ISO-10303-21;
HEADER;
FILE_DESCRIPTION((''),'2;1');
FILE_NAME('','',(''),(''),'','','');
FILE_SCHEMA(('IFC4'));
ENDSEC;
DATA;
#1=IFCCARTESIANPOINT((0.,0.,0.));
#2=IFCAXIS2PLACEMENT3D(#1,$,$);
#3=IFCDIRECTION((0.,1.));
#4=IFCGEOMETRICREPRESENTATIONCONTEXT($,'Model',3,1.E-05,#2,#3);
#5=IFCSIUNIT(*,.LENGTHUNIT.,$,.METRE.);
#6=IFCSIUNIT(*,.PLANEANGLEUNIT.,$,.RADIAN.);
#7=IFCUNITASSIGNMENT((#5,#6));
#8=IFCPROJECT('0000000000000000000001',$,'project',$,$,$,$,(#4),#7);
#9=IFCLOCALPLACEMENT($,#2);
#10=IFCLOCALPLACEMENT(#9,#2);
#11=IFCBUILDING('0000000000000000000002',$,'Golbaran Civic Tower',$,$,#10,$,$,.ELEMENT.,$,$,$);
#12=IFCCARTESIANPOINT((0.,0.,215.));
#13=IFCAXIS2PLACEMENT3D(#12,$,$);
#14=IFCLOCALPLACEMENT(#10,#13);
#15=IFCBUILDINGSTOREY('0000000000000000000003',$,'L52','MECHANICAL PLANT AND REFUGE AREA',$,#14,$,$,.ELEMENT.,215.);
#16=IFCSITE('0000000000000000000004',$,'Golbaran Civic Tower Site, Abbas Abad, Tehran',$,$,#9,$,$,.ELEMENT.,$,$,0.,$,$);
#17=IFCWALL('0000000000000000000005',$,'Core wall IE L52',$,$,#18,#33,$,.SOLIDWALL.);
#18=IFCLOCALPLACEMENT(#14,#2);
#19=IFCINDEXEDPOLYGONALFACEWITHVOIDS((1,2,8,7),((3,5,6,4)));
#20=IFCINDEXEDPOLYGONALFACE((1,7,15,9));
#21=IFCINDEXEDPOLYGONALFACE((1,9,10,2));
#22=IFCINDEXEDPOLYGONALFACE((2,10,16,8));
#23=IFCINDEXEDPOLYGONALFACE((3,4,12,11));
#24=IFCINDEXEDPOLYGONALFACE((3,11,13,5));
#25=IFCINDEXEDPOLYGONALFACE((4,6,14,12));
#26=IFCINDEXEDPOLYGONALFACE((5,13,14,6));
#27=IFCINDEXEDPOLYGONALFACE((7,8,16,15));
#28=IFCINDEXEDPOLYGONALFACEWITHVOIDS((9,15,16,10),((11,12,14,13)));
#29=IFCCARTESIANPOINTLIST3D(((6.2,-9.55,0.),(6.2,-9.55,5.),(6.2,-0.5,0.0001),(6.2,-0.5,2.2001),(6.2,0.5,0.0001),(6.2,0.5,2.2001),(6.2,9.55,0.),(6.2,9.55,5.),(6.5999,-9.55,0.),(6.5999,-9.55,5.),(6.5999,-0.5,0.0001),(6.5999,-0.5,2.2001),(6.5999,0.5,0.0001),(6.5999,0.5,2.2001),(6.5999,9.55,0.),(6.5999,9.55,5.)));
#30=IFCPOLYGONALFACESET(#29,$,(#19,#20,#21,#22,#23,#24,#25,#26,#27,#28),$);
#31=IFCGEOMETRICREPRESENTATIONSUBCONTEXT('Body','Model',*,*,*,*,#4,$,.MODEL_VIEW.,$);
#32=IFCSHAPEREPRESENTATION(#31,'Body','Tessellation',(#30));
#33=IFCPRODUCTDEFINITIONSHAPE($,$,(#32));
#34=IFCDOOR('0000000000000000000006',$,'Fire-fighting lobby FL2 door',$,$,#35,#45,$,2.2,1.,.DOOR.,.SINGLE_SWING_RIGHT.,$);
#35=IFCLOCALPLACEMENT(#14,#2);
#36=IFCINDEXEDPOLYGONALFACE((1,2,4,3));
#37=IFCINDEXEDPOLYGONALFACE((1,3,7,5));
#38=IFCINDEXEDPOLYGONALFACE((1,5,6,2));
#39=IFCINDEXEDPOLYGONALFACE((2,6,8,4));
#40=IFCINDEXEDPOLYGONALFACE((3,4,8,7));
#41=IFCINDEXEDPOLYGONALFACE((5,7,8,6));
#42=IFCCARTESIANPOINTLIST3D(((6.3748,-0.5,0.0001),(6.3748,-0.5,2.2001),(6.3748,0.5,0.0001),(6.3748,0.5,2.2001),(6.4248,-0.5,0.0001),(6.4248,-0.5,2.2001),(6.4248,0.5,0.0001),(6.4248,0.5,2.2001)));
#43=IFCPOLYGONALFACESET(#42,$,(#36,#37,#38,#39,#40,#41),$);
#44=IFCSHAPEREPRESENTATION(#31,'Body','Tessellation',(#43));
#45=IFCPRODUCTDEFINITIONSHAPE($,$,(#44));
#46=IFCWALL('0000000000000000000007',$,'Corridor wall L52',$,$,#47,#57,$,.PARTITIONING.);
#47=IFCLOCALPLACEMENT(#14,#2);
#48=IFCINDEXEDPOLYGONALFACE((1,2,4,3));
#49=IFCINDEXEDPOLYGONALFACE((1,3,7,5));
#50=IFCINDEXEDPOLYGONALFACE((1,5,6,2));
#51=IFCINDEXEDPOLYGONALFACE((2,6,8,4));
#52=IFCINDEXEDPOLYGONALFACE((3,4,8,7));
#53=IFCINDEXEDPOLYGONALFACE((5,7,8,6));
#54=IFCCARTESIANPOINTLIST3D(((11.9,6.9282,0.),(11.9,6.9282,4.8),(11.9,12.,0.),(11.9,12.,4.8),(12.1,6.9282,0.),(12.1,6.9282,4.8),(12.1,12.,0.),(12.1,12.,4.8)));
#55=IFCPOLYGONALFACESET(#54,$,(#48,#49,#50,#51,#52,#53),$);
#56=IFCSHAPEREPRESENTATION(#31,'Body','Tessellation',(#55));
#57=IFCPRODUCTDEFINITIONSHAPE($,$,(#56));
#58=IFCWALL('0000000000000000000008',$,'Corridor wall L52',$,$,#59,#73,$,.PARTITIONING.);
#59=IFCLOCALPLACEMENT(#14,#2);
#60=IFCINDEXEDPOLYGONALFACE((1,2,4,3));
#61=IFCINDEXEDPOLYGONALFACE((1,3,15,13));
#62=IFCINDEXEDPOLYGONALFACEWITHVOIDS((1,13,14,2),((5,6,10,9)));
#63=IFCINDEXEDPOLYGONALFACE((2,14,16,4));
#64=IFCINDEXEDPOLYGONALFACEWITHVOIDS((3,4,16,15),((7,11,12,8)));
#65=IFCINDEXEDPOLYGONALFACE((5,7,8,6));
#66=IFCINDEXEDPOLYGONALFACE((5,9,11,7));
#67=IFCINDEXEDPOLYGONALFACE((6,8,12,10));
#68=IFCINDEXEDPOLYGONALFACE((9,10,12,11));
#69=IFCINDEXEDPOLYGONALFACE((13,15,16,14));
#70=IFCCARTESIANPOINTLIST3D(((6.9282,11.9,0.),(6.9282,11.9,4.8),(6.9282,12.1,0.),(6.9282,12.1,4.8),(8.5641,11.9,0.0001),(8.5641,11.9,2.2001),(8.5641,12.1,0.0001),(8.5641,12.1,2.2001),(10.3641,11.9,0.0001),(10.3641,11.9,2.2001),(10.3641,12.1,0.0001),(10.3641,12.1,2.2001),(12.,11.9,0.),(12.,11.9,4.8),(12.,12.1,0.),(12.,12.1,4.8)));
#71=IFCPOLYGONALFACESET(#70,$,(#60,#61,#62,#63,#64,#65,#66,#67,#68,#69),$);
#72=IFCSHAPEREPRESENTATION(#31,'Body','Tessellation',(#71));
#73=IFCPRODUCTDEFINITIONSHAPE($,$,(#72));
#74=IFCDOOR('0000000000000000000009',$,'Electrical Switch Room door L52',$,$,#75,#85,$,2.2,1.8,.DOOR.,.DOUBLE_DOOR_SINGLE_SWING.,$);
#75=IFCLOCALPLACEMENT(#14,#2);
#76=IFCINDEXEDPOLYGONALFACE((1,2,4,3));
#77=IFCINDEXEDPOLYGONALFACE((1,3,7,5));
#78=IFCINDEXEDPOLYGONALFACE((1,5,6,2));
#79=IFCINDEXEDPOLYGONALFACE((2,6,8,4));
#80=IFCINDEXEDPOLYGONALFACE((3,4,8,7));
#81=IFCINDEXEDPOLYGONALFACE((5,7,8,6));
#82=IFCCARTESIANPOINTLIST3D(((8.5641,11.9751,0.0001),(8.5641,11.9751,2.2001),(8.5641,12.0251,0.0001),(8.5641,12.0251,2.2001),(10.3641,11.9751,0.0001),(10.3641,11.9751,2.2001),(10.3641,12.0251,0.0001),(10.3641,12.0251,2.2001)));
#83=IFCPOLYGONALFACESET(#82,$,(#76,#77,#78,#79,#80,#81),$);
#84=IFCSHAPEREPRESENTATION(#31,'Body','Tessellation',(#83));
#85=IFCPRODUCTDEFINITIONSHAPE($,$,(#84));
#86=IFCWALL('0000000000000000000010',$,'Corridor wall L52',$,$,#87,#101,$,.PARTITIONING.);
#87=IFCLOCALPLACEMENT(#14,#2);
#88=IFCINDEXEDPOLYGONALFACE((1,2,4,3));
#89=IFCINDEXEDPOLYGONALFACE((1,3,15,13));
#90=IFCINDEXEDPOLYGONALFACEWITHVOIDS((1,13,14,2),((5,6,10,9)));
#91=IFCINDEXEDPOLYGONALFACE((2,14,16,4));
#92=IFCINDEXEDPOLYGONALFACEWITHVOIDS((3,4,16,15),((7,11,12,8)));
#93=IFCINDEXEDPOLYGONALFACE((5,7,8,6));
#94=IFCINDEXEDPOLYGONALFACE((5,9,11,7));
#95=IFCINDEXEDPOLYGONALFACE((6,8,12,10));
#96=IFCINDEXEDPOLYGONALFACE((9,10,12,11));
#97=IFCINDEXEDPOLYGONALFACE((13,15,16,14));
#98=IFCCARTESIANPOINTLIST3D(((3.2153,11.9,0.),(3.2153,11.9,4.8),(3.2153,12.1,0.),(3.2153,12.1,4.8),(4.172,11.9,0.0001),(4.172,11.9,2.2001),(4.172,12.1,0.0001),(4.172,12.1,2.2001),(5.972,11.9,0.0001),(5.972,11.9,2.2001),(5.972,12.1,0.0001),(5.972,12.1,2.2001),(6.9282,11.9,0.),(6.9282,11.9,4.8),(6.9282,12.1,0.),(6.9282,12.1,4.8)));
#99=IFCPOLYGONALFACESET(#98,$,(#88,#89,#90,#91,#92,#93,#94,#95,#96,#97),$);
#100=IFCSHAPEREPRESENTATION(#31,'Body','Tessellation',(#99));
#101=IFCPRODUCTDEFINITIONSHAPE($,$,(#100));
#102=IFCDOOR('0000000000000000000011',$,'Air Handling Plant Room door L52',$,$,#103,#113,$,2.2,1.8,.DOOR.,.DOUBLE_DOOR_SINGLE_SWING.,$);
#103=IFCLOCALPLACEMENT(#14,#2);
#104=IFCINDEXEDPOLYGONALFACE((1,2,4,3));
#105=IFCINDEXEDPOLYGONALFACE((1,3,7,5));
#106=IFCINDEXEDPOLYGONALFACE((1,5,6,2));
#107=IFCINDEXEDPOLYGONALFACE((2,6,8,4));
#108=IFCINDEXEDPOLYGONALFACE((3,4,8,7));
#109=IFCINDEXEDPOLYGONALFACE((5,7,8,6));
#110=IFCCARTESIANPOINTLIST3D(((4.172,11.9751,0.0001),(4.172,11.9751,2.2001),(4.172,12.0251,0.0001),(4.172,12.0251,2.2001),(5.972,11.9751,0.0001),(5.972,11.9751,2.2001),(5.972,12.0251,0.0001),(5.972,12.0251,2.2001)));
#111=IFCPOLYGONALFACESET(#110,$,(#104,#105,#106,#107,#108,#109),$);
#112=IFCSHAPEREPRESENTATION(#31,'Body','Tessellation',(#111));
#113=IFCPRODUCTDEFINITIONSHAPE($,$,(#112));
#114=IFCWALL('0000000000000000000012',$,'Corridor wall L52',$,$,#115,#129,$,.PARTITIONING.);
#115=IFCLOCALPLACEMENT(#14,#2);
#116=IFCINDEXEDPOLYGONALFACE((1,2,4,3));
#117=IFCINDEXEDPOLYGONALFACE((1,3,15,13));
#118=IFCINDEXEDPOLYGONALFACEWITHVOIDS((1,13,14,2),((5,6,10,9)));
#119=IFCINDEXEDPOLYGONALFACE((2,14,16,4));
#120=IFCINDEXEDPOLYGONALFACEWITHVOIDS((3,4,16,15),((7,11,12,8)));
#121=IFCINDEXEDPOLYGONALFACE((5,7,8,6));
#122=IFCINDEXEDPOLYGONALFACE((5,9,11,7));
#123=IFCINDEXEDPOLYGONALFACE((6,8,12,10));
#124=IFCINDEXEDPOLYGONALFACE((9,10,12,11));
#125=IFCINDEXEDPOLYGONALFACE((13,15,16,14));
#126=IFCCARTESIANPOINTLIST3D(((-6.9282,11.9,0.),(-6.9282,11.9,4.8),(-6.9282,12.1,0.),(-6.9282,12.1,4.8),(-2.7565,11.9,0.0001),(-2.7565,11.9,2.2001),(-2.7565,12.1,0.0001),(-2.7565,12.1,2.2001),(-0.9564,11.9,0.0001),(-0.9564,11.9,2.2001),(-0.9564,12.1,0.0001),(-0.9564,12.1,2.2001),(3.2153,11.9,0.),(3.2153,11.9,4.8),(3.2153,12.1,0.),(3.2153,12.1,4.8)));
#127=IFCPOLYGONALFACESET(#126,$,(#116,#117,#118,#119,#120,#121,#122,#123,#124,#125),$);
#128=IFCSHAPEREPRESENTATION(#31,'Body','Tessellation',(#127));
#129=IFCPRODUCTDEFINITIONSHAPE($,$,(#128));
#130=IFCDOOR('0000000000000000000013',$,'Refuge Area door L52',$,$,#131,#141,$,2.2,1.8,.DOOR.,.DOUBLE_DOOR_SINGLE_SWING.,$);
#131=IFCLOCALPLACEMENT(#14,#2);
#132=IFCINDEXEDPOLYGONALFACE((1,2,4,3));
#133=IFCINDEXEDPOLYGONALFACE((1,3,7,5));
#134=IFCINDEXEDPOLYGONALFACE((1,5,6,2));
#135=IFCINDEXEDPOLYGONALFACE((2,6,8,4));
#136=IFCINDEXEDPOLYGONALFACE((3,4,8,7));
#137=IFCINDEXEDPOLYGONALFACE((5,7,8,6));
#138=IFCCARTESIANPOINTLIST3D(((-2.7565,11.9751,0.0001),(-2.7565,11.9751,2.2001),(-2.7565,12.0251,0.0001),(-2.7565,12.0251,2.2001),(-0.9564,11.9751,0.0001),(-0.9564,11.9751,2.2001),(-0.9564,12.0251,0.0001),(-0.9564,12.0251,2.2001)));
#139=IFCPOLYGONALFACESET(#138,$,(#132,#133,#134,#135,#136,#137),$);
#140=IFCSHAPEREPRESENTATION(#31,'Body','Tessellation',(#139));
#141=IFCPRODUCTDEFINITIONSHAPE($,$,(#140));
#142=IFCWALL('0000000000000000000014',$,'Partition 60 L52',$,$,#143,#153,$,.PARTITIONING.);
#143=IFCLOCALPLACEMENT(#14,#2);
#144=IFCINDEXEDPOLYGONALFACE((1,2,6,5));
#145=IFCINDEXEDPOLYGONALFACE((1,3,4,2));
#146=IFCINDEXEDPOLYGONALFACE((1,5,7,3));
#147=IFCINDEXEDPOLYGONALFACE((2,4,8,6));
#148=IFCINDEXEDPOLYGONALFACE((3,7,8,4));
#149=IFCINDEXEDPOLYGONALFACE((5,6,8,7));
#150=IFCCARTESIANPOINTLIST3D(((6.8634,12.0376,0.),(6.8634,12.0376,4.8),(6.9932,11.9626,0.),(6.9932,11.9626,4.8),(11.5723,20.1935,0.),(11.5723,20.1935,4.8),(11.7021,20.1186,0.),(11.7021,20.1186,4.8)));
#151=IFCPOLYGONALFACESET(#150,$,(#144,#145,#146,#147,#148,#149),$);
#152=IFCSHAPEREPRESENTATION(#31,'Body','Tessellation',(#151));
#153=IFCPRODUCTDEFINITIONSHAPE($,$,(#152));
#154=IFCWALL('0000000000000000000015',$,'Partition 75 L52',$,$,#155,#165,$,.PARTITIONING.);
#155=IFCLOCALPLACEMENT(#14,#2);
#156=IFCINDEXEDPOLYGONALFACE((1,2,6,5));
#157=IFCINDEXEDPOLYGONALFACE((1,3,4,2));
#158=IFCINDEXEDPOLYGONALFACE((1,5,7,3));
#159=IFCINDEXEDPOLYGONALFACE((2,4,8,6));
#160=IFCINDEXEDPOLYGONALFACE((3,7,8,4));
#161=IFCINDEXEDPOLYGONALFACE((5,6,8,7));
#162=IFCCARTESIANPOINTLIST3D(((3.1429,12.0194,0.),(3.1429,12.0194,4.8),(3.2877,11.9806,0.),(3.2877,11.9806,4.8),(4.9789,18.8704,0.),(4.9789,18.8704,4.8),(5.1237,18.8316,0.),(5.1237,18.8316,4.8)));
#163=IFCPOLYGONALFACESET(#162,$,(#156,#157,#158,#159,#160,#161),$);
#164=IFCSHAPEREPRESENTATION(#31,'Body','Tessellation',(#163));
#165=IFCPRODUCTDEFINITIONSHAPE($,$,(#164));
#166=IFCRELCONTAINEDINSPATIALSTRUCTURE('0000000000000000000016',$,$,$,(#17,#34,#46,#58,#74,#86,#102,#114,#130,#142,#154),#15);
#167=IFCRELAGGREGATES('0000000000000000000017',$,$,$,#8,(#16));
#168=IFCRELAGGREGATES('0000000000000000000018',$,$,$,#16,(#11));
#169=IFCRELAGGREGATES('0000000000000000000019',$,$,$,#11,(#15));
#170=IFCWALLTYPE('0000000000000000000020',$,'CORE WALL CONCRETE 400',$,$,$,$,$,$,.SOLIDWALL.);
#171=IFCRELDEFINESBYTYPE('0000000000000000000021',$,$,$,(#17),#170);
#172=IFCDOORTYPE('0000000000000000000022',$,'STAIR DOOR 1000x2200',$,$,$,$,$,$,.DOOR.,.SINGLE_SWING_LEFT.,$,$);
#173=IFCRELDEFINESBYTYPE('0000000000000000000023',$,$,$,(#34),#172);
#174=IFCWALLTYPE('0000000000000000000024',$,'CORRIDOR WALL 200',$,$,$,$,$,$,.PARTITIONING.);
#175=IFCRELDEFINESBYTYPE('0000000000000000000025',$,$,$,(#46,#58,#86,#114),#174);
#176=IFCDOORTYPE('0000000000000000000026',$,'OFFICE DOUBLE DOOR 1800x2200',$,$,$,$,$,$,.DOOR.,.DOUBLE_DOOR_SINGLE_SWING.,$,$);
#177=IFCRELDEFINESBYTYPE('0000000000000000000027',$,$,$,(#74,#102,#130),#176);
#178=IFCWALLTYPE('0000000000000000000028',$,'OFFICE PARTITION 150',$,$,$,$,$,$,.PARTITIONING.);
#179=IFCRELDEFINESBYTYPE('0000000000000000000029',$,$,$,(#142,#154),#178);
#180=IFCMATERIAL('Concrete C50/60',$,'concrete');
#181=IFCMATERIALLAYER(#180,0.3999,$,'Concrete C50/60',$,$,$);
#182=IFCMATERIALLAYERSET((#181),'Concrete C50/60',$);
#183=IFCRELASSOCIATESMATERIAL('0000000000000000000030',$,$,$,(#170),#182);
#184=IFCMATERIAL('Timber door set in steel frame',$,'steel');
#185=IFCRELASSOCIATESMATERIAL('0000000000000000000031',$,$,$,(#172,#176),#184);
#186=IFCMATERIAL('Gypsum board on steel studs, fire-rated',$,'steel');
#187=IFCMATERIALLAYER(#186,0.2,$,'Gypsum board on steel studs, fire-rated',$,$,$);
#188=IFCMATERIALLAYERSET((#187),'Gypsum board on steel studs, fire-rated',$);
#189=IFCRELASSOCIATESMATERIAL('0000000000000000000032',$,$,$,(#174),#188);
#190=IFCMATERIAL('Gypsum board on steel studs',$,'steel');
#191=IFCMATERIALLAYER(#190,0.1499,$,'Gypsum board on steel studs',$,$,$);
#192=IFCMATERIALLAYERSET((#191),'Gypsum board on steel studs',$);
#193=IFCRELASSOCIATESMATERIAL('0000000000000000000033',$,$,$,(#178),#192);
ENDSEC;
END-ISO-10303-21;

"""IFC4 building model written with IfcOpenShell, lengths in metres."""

from ifc_helpers import new_model, si_unit, direction, frame, frame_2d, origin, place, context, subcontext, project, spatial, rectangle, extrude, material, layer, layer_set, type_object, element, fill, save


model = new_model("IFC4")

# Units and contexts
model_context = context("Model", 3, precision=1e-05, world=origin(), true_north=direction((0.0, 1.0)))
body_context = subcontext(model_context, "Body", "Model", "MODEL_VIEW")
ifc_project = project(units=[si_unit("LENGTHUNIT", "METRE"), si_unit("PLANEANGLEUNIT", "RADIAN")], contexts=[model_context])

# Site, building, storey
site_placement = place(None, origin())
site = spatial("IfcSite", under=ifc_project, at=site_placement, Name="Golbaran Civic Tower Site, Abbas Abad, Tehran", CompositionType="ELEMENT", RefElevation=0.0)
building_placement = place(site_placement, origin())
building = spatial("IfcBuilding", under=site, at=building_placement, Name="Golbaran Civic Tower", CompositionType="ELEMENT")
storey_placement = place(building_placement, frame((0.0, 0.0, 215.0)))
storey = spatial("IfcBuildingStorey", under=building, at=storey_placement, Name="L52", Description="MECHANICAL PLANT AND REFUGE AREA", CompositionType="ELEMENT", Elevation=215.0)

# Wall, opening, door
ifc_material_1 = material(Name="Concrete C50/60", Category="concrete")
ifc_layer_1 = layer(ifc_material_1, 0.3999, Name="Concrete C50/60")
ifc_layer_set_1 = layer_set([ifc_layer_1], Name="Concrete C50/60")
wall_type_1 = type_object("IfcWallType", Name="CORE WALL CONCRETE 400", PredefinedType="SOLIDWALL", material=ifc_layer_set_1)
wall_1_placement = place(storey_placement, frame((6.3999, 9.55, 0.0), z_axis=(0.0, 0.0, 1.0), x_axis=(0.0, -1.0, 0.0)))
wall_1 = element("IfcWall", 1, at=wall_1_placement, inside=storey, type_object=wall_type_1, Name="Core wall IE L52", PredefinedType="SOLIDWALL", context=body_context, shape_type="SweptSolid", body=[
    extrude(rectangle(XDim=19.1001, YDim=0.3999, at=frame_2d((9.55, 0.0))), origin(), (0.0, 0.0, 1.0), 5.0),
])
opening_1_placement = place(wall_1_placement, frame((9.05, 0.0, 0.0)))
opening_1 = element("IfcOpeningElement", 2, at=opening_1_placement, cuts=wall_1, PredefinedType="OPENING", context=body_context, shape_type="SweptSolid", body=[
    extrude(rectangle(XDim=1.0, YDim=2.2, at=frame_2d((0.5, 1.1001))), frame((0.0, 0.21, 0.0), z_axis=(0.0, -1.0, 0.0), x_axis=(1.0, 0.0, 0.0)), (0.0, 0.0, 1.0), 0.4199),
])
ifc_material_2 = material(Name="Timber door set in steel frame", Category="steel")
door_type_1 = type_object("IfcDoorType", Name="STAIR DOOR 1000x2200", OperationType="SINGLE_SWING_LEFT", PredefinedType="DOOR", material=ifc_material_2)
door_1_placement = place(opening_1_placement, origin())
door_1 = element("IfcDoor", 3, at=door_1_placement, inside=storey, type_object=door_type_1, Name="Fire-fighting lobby FL2 door", OperationType="SINGLE_SWING_RIGHT", OverallHeight=2.2, OverallWidth=1.0, PredefinedType="DOOR", context=body_context, shape_type="SweptSolid", body=[
    extrude(rectangle(XDim=1.0, YDim=2.2, at=frame_2d((0.5, 1.1001))), frame((0.0, 0.0249, 0.0), z_axis=(0.0, -1.0, 0.0), x_axis=(1.0, 0.0, 0.0)), (0.0, 0.0, 1.0), 0.05),
])
fill(opening_1, door_1)

# Wall
ifc_material_3 = material(Name="Gypsum board on steel studs, fire-rated", Category="steel")
ifc_layer_2 = layer(ifc_material_3, 0.2, Name="Gypsum board on steel studs, fire-rated")
ifc_layer_set_2 = layer_set([ifc_layer_2], Name="Gypsum board on steel studs, fire-rated")
wall_type_2 = type_object("IfcWallType", Name="CORRIDOR WALL 200", PredefinedType="PARTITIONING", material=ifc_layer_set_2)
wall_2_placement = place(storey_placement, frame((12.0, 6.9282, 0.0), z_axis=(0.0, 0.0, 1.0), x_axis=(0.0, 1.0, 0.0)))
element("IfcWall", 4, at=wall_2_placement, inside=storey, type_object=wall_type_2, Name="Corridor wall L52", PredefinedType="PARTITIONING", context=body_context, shape_type="SweptSolid", body=[
    extrude(rectangle(XDim=5.0718, YDim=0.2, at=frame_2d((2.5359, 0.0))), origin(), (0.0, 0.0, 1.0), 4.8),
])

# Walls, openings, doors
wall_3_placement = place(storey_placement, frame((12.0, 12.0, 0.0), z_axis=(0.0, 0.0, 1.0), x_axis=(-1.0, 0.0, 0.0)))
wall_3 = element("IfcWall", 5, at=wall_3_placement, inside=storey, type_object=wall_type_2, Name="Corridor wall L52", PredefinedType="PARTITIONING", context=body_context, shape_type="SweptSolid", body=[
    extrude(rectangle(XDim=5.0718, YDim=0.2, at=frame_2d((2.5359, 0.0))), origin(), (0.0, 0.0, 1.0), 4.8),
])
opening_2_placement = place(wall_3_placement, frame((1.636, 0.0, 0.0)))
opening_2 = element("IfcOpeningElement", 6, at=opening_2_placement, cuts=wall_3, PredefinedType="OPENING", context=body_context, shape_type="SweptSolid", body=[
    extrude(rectangle(XDim=1.8, YDim=2.2, at=frame_2d((0.8999, 1.1001))), frame((0.0, 0.1099, 0.0), z_axis=(0.0, -1.0, 0.0), x_axis=(1.0, 0.0, 0.0)), (0.0, 0.0, 1.0), 0.22),
])
door_type_2 = type_object("IfcDoorType", Name="OFFICE DOUBLE DOOR 1800x2200", OperationType="DOUBLE_DOOR_SINGLE_SWING", PredefinedType="DOOR", material=ifc_material_2)
door_2_placement = place(opening_2_placement, origin())
door_2 = element("IfcDoor", 7, at=door_2_placement, inside=storey, type_object=door_type_2, Name="Electrical Switch Room door L52", OperationType="DOUBLE_DOOR_SINGLE_SWING", OverallHeight=2.2, OverallWidth=1.8, PredefinedType="DOOR", context=body_context, shape_type="SweptSolid", body=[
    extrude(rectangle(XDim=1.8, YDim=2.2, at=frame_2d((0.8999, 1.1001))), frame((0.0, 0.0249, 0.0), z_axis=(0.0, -1.0, 0.0), x_axis=(1.0, 0.0, 0.0)), (0.0, 0.0, 1.0), 0.05),
])
fill(opening_2, door_2)
wall_4_placement = place(storey_placement, frame((6.9282, 12.0, 0.0), z_axis=(0.0, 0.0, 1.0), x_axis=(-1.0, 0.0, 0.0)))
wall_4 = element("IfcWall", 8, at=wall_4_placement, inside=storey, type_object=wall_type_2, Name="Corridor wall L52", PredefinedType="PARTITIONING", context=body_context, shape_type="SweptSolid", body=[
    extrude(rectangle(XDim=3.7129, YDim=0.2, at=frame_2d((1.8564, 0.0))), origin(), (0.0, 0.0, 1.0), 4.8),
])
opening_3_placement = place(wall_4_placement, frame((0.9563, 0.0, 0.0)))
opening_3 = element("IfcOpeningElement", 9, at=opening_3_placement, cuts=wall_4, PredefinedType="OPENING", context=body_context, shape_type="SweptSolid", body=[
    extrude(rectangle(XDim=1.8, YDim=2.2, at=frame_2d((0.8999, 1.1001))), frame((0.0, 0.1099, 0.0), z_axis=(0.0, -1.0, 0.0), x_axis=(1.0, 0.0, 0.0)), (0.0, 0.0, 1.0), 0.22),
])
door_3_placement = place(opening_3_placement, origin())
door_3 = element("IfcDoor", 10, at=door_3_placement, inside=storey, type_object=door_type_2, Name="Air Handling Plant Room door L52", OperationType="DOUBLE_DOOR_SINGLE_SWING", OverallHeight=2.2, OverallWidth=1.8, PredefinedType="DOOR", context=body_context, shape_type="SweptSolid", body=[
    extrude(rectangle(XDim=1.8, YDim=2.2, at=frame_2d((0.8999, 1.1001))), frame((0.0, 0.0249, 0.0), z_axis=(0.0, -1.0, 0.0), x_axis=(1.0, 0.0, 0.0)), (0.0, 0.0, 1.0), 0.05),
])
fill(opening_3, door_3)
wall_5_placement = place(storey_placement, frame((3.2153, 12.0, 0.0), z_axis=(0.0, 0.0, 1.0), x_axis=(-1.0, 0.0, 0.0)))
wall_5 = element("IfcWall", 11, at=wall_5_placement, inside=storey, type_object=wall_type_2, Name="Corridor wall L52", PredefinedType="PARTITIONING", context=body_context, shape_type="SweptSolid", body=[
    extrude(rectangle(XDim=10.1436, YDim=0.2, at=frame_2d((5.0718, 0.0))), origin(), (0.0, 0.0, 1.0), 4.8),
])
opening_4_placement = place(wall_5_placement, frame((4.1719, 0.0, 0.0)))
opening_4 = element("IfcOpeningElement", 12, at=opening_4_placement, cuts=wall_5, PredefinedType="OPENING", context=body_context, shape_type="SweptSolid", body=[
    extrude(rectangle(XDim=1.8, YDim=2.2, at=frame_2d((0.8999, 1.1001))), frame((0.0, 0.1099, 0.0), z_axis=(0.0, -1.0, 0.0), x_axis=(1.0, 0.0, 0.0)), (0.0, 0.0, 1.0), 0.22),
])
door_4_placement = place(opening_4_placement, origin())
door_4 = element("IfcDoor", 13, at=door_4_placement, inside=storey, type_object=door_type_2, Name="Refuge Area door L52", OperationType="DOUBLE_DOOR_SINGLE_SWING", OverallHeight=2.2, OverallWidth=1.8, PredefinedType="DOOR", context=body_context, shape_type="SweptSolid", body=[
    extrude(rectangle(XDim=1.8, YDim=2.2, at=frame_2d((0.8999, 1.1001))), frame((0.0, 0.0249, 0.0), z_axis=(0.0, -1.0, 0.0), x_axis=(1.0, 0.0, 0.0)), (0.0, 0.0, 1.0), 0.05),
])
fill(opening_4, door_4)

# Walls
ifc_material_4 = material(Name="Gypsum board on steel studs", Category="steel")
ifc_layer_3 = layer(ifc_material_4, 0.1499, Name="Gypsum board on steel studs")
ifc_layer_set_3 = layer_set([ifc_layer_3], Name="Gypsum board on steel studs")
wall_type_3 = type_object("IfcWallType", Name="OFFICE PARTITION 150", PredefinedType="PARTITIONING", material=ifc_layer_set_3)
wall_6_placement = place(storey_placement, frame((6.9282, 12.0, 0.0), z_axis=(0.0, 0.0, 1.0), x_axis=(0.500009, 0.86602, 0.0)))
element("IfcWall", 14, at=wall_6_placement, inside=storey, type_object=wall_type_3, Name="Partition 60 L52", PredefinedType="PARTITIONING", context=body_context, shape_type="SweptSolid", body=[
    extrude(rectangle(XDim=9.4177, YDim=0.1499, at=frame_2d((4.709, 0.0))), origin(), (0.0, 0.0, 1.0), 4.8),
])
wall_7_placement = place(storey_placement, frame((3.2153, 12.0, 0.0), z_axis=(0.0, 0.0, 1.0), x_axis=(0.258845, 0.965919, 0.0)))
element("IfcWall", 15, at=wall_7_placement, inside=storey, type_object=wall_type_3, Name="Partition 75 L52", PredefinedType="PARTITIONING", context=body_context, shape_type="SweptSolid", body=[
    extrude(rectangle(XDim=7.0928, YDim=0.1499, at=frame_2d((3.5464, 0.0))), origin(), (0.0, 0.0, 1.0), 4.8),
])

save(model, "model.ifc")
